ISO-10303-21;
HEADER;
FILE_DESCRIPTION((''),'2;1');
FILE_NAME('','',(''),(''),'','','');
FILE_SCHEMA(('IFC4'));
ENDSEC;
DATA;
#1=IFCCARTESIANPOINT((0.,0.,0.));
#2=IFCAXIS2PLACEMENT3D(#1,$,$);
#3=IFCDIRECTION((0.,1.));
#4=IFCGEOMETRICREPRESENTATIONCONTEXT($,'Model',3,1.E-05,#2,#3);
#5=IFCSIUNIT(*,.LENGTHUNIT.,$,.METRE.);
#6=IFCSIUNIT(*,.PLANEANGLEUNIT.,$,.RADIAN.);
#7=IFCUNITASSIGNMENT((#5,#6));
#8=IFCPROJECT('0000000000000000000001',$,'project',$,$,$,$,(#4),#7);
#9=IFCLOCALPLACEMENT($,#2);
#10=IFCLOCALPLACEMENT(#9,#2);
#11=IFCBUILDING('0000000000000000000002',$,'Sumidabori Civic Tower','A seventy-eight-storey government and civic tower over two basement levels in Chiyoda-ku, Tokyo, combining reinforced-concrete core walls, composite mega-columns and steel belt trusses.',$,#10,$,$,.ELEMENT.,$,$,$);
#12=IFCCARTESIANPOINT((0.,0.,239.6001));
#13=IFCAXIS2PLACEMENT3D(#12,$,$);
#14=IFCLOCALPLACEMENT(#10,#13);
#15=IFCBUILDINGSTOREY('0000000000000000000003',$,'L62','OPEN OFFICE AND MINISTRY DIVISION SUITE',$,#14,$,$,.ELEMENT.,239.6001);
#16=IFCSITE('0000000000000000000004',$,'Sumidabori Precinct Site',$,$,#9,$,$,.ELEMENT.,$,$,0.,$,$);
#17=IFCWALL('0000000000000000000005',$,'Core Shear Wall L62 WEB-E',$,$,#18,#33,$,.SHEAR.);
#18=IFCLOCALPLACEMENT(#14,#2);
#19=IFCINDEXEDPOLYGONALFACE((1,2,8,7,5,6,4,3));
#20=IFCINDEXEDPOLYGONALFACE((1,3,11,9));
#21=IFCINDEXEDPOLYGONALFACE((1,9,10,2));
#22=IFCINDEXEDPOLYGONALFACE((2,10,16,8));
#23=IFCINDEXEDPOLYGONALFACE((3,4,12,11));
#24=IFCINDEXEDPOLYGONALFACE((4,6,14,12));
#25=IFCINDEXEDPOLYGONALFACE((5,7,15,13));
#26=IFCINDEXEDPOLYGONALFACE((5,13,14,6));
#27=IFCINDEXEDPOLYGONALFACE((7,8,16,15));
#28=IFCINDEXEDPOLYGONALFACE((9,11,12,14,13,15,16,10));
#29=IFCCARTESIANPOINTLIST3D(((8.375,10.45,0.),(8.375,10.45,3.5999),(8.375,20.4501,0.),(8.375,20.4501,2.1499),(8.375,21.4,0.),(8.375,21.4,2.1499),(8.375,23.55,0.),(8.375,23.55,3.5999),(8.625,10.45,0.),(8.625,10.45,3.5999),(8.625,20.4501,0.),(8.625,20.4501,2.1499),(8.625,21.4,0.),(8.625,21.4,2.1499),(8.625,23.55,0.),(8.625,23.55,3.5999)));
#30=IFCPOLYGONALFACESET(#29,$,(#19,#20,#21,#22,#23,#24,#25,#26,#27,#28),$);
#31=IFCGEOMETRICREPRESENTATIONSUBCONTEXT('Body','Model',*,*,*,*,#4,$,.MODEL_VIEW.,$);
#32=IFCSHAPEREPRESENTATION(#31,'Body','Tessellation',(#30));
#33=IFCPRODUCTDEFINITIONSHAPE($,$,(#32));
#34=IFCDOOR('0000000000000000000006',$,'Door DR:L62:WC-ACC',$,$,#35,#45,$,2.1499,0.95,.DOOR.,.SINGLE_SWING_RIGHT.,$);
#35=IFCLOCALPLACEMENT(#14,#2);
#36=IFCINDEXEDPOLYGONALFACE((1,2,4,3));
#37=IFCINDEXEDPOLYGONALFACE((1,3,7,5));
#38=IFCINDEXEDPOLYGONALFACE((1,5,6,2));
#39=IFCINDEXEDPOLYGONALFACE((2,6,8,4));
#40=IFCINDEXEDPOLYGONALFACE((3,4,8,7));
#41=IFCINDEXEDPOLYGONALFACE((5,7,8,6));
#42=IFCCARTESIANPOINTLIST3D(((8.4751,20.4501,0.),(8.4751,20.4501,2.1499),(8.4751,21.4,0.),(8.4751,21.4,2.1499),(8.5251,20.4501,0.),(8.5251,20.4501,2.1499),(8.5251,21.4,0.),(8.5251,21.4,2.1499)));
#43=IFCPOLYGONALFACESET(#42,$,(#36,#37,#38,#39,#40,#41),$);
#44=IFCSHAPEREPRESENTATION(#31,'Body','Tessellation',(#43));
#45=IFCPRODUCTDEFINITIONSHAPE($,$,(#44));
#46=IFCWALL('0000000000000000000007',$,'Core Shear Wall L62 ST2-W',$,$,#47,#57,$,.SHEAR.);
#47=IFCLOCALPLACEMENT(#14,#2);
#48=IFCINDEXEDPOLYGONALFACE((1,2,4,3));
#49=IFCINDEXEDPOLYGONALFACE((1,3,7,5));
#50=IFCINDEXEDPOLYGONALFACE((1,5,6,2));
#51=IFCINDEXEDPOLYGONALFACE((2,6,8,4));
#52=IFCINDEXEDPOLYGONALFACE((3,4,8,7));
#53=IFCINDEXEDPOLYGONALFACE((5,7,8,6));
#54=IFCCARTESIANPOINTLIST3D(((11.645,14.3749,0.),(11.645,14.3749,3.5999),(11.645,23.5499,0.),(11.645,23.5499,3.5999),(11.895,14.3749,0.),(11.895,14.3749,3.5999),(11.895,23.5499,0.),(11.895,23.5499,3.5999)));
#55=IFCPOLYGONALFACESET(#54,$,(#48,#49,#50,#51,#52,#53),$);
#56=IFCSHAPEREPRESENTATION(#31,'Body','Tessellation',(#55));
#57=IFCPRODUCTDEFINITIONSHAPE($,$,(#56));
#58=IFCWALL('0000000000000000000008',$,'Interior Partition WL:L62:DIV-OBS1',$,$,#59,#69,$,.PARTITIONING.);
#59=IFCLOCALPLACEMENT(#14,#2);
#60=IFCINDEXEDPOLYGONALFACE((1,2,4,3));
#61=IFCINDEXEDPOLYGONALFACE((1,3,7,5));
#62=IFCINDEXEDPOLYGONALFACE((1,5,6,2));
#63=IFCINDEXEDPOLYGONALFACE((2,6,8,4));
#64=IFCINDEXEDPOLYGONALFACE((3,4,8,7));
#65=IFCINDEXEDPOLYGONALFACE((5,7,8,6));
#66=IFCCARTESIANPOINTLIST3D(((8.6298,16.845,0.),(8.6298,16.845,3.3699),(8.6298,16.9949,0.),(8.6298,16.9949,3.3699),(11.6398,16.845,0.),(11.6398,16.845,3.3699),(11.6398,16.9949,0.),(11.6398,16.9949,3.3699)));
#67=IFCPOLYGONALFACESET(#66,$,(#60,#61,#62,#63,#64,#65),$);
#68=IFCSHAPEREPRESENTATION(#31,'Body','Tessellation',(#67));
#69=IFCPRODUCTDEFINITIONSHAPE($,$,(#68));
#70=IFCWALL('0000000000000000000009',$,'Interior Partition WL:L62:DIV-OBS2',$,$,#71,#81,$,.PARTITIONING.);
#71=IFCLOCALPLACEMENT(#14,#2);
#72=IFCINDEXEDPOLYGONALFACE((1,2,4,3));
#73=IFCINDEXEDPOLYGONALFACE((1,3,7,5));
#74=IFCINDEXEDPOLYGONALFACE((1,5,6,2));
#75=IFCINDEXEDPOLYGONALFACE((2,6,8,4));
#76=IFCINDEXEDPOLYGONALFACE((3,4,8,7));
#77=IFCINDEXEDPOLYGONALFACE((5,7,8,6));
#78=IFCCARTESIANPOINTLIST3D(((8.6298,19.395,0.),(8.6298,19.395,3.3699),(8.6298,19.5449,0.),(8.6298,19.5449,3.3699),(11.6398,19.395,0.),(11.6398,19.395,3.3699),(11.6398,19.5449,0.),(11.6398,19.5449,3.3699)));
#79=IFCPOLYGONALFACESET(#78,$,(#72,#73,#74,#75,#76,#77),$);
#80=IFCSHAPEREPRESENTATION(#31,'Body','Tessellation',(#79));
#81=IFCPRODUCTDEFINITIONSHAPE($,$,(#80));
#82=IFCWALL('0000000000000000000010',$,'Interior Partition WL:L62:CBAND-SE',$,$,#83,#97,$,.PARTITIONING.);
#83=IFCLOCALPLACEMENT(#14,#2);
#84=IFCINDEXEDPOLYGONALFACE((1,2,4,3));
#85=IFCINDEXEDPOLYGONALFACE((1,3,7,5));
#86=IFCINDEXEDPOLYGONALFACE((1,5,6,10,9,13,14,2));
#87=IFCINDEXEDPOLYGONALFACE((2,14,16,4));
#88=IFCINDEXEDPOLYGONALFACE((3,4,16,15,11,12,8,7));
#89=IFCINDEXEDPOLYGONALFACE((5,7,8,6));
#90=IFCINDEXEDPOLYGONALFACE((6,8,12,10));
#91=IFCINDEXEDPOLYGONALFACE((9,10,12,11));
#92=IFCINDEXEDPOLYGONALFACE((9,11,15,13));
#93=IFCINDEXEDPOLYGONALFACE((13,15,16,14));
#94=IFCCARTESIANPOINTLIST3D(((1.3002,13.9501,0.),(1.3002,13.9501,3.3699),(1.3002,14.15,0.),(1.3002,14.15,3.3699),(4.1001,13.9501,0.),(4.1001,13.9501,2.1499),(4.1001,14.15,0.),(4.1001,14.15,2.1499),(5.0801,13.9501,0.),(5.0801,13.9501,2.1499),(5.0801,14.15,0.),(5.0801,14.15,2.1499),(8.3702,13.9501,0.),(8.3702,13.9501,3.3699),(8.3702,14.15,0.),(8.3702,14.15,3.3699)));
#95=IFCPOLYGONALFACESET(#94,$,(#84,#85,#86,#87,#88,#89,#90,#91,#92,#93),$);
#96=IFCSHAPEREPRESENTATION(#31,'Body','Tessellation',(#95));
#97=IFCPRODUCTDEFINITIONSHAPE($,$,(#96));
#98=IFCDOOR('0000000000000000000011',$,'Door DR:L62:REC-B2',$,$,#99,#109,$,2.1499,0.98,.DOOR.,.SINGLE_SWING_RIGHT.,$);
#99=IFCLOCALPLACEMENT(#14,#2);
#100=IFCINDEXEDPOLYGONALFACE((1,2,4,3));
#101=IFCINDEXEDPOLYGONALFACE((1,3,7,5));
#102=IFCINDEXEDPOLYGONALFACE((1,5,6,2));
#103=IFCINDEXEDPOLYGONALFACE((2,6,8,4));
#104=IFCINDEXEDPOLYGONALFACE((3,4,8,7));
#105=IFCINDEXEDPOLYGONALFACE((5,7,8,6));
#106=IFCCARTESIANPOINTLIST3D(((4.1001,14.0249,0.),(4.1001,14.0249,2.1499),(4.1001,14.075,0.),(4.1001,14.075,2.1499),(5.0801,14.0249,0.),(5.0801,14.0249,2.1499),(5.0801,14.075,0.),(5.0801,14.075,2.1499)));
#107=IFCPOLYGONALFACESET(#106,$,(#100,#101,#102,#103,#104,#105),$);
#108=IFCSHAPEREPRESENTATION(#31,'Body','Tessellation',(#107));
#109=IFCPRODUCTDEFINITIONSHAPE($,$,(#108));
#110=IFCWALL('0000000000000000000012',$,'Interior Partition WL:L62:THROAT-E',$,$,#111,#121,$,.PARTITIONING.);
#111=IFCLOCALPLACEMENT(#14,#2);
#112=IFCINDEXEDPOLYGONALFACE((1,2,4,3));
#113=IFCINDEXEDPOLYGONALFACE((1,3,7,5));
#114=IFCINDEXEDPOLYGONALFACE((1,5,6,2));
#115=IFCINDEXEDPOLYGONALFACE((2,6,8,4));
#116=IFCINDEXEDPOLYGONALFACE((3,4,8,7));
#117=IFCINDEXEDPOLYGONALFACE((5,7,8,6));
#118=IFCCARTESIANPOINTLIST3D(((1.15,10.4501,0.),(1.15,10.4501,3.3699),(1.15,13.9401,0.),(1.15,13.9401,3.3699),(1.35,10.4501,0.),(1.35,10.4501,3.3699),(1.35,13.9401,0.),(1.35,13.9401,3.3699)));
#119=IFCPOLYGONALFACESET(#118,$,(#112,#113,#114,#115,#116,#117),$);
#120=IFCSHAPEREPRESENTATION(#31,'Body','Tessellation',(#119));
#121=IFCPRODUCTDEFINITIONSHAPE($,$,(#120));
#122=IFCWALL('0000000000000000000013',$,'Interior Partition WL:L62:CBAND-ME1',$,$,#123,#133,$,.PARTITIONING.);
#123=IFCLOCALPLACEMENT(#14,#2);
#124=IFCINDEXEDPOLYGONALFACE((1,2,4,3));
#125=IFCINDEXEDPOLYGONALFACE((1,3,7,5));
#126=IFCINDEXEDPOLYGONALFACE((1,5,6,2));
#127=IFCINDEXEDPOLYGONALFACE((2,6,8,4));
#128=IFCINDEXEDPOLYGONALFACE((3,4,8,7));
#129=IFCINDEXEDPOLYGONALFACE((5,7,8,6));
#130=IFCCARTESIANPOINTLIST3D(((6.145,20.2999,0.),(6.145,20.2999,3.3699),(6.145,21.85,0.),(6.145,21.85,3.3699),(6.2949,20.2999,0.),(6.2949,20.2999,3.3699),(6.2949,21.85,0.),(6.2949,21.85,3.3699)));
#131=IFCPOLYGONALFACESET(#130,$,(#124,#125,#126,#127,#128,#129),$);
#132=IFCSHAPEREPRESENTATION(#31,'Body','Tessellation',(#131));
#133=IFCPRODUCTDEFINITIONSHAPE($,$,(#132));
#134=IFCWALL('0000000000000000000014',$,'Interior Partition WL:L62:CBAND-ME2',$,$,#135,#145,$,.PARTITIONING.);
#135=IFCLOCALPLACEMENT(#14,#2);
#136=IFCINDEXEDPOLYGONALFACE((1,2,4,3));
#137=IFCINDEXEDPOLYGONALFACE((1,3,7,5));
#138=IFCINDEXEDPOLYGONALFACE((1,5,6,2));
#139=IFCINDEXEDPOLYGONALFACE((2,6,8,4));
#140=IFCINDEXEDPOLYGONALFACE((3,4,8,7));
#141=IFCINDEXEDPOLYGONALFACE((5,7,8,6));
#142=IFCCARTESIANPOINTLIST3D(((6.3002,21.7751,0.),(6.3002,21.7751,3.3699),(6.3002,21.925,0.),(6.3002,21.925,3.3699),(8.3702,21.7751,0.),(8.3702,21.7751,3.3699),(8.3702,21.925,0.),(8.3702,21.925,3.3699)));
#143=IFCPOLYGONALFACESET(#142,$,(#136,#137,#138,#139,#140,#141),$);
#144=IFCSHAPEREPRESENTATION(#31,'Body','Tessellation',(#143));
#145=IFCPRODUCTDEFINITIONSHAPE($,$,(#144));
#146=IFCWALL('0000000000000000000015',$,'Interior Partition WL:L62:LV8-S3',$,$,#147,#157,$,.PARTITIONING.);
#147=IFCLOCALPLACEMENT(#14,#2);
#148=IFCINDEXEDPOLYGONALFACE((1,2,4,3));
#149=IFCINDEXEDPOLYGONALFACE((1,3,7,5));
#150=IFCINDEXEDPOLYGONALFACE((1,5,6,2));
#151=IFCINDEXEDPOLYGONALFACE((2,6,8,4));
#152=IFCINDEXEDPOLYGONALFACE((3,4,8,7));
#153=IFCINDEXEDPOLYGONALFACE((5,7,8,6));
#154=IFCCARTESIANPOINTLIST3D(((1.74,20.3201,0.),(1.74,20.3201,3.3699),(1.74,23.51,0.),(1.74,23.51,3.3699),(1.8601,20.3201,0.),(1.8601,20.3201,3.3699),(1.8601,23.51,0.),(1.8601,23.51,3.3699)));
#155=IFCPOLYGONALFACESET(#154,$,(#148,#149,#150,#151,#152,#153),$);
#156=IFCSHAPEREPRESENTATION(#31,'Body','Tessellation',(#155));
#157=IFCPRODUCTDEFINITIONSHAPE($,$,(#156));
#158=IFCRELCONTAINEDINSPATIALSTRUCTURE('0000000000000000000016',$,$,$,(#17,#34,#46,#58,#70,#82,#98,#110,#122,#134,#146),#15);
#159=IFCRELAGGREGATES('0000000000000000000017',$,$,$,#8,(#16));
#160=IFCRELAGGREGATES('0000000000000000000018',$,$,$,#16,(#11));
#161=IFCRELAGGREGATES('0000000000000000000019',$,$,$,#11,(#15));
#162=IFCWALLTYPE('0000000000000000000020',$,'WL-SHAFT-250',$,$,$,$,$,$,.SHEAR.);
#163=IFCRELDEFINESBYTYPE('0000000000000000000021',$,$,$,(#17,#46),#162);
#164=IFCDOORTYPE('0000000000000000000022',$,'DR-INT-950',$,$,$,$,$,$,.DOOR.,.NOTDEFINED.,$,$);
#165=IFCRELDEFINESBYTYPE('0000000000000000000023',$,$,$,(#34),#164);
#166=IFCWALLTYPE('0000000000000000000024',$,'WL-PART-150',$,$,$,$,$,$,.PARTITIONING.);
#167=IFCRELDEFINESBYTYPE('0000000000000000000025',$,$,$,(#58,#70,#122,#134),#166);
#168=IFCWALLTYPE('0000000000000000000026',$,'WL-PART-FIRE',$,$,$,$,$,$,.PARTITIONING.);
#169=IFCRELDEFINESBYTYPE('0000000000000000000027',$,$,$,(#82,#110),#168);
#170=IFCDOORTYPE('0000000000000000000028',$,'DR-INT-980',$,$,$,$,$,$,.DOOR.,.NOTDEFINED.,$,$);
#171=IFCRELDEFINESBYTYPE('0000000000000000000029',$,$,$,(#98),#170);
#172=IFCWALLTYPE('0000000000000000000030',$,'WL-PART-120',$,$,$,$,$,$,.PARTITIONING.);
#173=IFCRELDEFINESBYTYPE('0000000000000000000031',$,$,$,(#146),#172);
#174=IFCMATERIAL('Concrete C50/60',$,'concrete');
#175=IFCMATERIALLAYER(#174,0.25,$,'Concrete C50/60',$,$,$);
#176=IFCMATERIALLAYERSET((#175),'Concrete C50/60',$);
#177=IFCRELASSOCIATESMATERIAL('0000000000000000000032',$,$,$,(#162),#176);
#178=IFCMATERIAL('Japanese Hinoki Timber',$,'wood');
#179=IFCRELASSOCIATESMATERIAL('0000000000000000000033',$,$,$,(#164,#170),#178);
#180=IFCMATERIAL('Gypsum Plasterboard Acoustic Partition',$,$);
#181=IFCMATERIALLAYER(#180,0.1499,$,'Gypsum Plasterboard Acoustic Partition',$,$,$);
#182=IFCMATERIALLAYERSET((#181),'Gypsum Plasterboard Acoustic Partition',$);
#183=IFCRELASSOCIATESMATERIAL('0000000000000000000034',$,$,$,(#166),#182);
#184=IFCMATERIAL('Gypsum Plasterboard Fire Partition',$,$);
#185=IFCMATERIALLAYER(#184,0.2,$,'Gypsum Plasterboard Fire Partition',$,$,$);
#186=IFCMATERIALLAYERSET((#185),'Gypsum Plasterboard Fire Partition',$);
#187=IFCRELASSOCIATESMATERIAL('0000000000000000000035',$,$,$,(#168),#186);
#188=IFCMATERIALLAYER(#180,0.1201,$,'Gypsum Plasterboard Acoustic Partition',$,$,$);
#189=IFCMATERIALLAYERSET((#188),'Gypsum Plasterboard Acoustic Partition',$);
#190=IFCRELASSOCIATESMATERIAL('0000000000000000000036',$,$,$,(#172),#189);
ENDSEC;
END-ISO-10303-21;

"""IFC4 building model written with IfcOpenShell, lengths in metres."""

from ifc_helpers import new_model, si_unit, direction, frame, frame_2d, origin, place, context, subcontext, project, spatial, rectangle, extrude, source, transform, mapped, material, layer, layer_set, type_object, element, fill, save


model = new_model("IFC4")

# Units and contexts
model_context = context("Model", 3, precision=1e-05, world=origin(), true_north=direction((0.0, 1.0)))
body_context = subcontext(model_context, "Body", "Model", "MODEL_VIEW")
ifc_project = project(units=[si_unit("LENGTHUNIT", "METRE"), si_unit("PLANEANGLEUNIT", "RADIAN")], contexts=[model_context])

# Site, building, storey
site_placement = place(None, origin())
site = spatial("IfcSite", under=ifc_project, at=site_placement, Name="Sumidabori Precinct Site", CompositionType="ELEMENT", RefElevation=0.0)
building_placement = place(site_placement, origin())
building = spatial("IfcBuilding", under=site, at=building_placement, Name="Sumidabori Civic Tower", Description="A seventy-eight-storey government and civic tower over two basement levels in Chiyoda-ku, Tokyo, combining reinforced-concrete core walls, composite mega-columns and steel belt trusses.", CompositionType="ELEMENT")
storey_placement = place(building_placement, frame((0.0, 0.0, 239.6001)))
storey = spatial("IfcBuildingStorey", under=building, at=storey_placement, Name="L62", Description="OPEN OFFICE AND MINISTRY DIVISION SUITE", CompositionType="ELEMENT", Elevation=239.6001)

# Shared definitions
ifc_material_1 = material(Name="Concrete C50/60", Category="concrete")

# Wall, opening, door
ifc_layer_1 = layer(ifc_material_1, 0.25, Name="Concrete C50/60")
ifc_layer_set_1 = layer_set([ifc_layer_1], Name="Concrete C50/60")
wall_type_1 = type_object("IfcWallType", Name="WL-SHAFT-250", PredefinedType="SHEAR", material=ifc_layer_set_1)
shared_shape_1 = source(origin(), body_context, "Body", "SweptSolid", [
    extrude(rectangle(XDim=13.1001, YDim=0.25, at=frame_2d((6.55, 0.0))), origin(), (0.0, 0.0, 1.0), 3.5999),
])
wall_1_placement = place(storey_placement, frame((8.5, 10.45, 0.0), z_axis=(0.0, 0.0, 1.0), x_axis=(0.0, 1.0, 0.0)))
wall_1 = element("IfcWall", 1, at=wall_1_placement, inside=storey, type_object=wall_type_1, Name="Core Shear Wall L62 WEB-E", PredefinedType="SHEAR", context=body_context, shape_type="MappedRepresentation", body=[
    mapped(shared_shape_1, transform((0.0, 0.0, 0.0), x_axis=(1.0, 0.0, 0.0), y_axis=(0.0, 1.0, 0.0), z_axis=(0.0, 0.0, 1.0), scale=1.0)),
])
opening_1_placement = place(wall_1_placement, frame((10.0, 0.0, 0.0)))
opening_1 = element("IfcOpeningElement", 2, at=opening_1_placement, cuts=wall_1, PredefinedType="OPENING", context=body_context, shape_type="SweptSolid", body=[
    extrude(rectangle(XDim=0.95, YDim=2.1499, at=frame_2d((0.4751, 1.075))), frame((0.0, 0.137, 0.0), z_axis=(0.0, -1.0, 0.0), x_axis=(1.0, 0.0, 0.0)), (0.0, 0.0, 1.0), 0.2739),
])
ifc_material_2 = material(Name="Japanese Hinoki Timber", Category="wood")
door_type_1 = type_object("IfcDoorType", Name="DR-INT-950", OperationType="NOTDEFINED", PredefinedType="DOOR", material=ifc_material_2)
shared_shape_2 = source(origin(), body_context, "Body", "SweptSolid", [
    extrude(rectangle(XDim=0.95, YDim=2.1499, at=frame_2d((0.4751, 1.075))), frame((0.0, 0.0249, 0.0), z_axis=(0.0, -1.0, 0.0), x_axis=(1.0, 0.0, 0.0)), (0.0, 0.0, 1.0), 0.05),
])
door_1_placement = place(opening_1_placement, origin())
door_1 = element("IfcDoor", 3, at=door_1_placement, inside=storey, type_object=door_type_1, Name="Door DR:L62:WC-ACC", OperationType="SINGLE_SWING_RIGHT", OverallHeight=2.1499, OverallWidth=0.95, PredefinedType="DOOR", context=body_context, shape_type="MappedRepresentation", body=[
    mapped(shared_shape_2, transform((0.0, 0.0, 0.0), x_axis=(1.0, 0.0, 0.0), y_axis=(0.0, 1.0, 0.0), z_axis=(0.0, 0.0, 1.0), scale=1.0)),
])
fill(opening_1, door_1)

# Wall
shared_shape_3 = source(origin(), body_context, "Body", "SweptSolid", [
    extrude(rectangle(XDim=9.175, YDim=0.25, at=frame_2d((4.5874, 0.0))), origin(), (0.0, 0.0, 1.0), 3.5999),
])
wall_2_placement = place(storey_placement, frame((11.77, 14.375, 0.0), z_axis=(0.0, 0.0, 1.0), x_axis=(0.0, 1.0, 0.0)))
element("IfcWall", 4, at=wall_2_placement, inside=storey, type_object=wall_type_1, Name="Core Shear Wall L62 ST2-W", PredefinedType="SHEAR", context=body_context, shape_type="MappedRepresentation", body=[
    mapped(shared_shape_3, transform((0.0, 0.0, 0.0), x_axis=(1.0, 0.0, 0.0), y_axis=(0.0, 1.0, 0.0), z_axis=(0.0, 0.0, 1.0), scale=1.0)),
])

# Walls
ifc_material_3 = material(Name="Gypsum Plasterboard Acoustic Partition")
ifc_layer_2 = layer(ifc_material_3, 0.1499, Name="Gypsum Plasterboard Acoustic Partition")
ifc_layer_set_2 = layer_set([ifc_layer_2], Name="Gypsum Plasterboard Acoustic Partition")
wall_type_2 = type_object("IfcWallType", Name="WL-PART-150", PredefinedType="PARTITIONING", material=ifc_layer_set_2)
shared_shape_4 = source(origin(), body_context, "Body", "SweptSolid", [
    extrude(rectangle(XDim=3.01, YDim=0.1499, at=frame_2d((1.5049, 0.0))), origin(), (0.0, 0.0, 1.0), 3.3699),
])
for number, where, z_axis, x_axis, name in (
    (5, (8.6299, 16.9199, 0.0), (0.0, 0.0, 1.0), (1.0, 0.0, 0.0), "Interior Partition WL:L62:DIV-OBS1"),
    (6, (8.6299, 19.47, 0.0), (0.0, 0.0, 1.0), (1.0, 0.0, 0.0), "Interior Partition WL:L62:DIV-OBS2"),
):
    element("IfcWall", number, at=place(storey_placement, frame(where, z_axis=z_axis, x_axis=x_axis)), inside=storey, type_object=wall_type_2, Name=name, PredefinedType="PARTITIONING", context=body_context, shape_type="MappedRepresentation", body=[
        mapped(shared_shape_4, transform((0.0, 0.0, 0.0), x_axis=(1.0, 0.0, 0.0), y_axis=(0.0, 1.0, 0.0), z_axis=(0.0, 0.0, 1.0), scale=1.0)),
    ])

# Wall, opening, door
ifc_material_4 = material(Name="Gypsum Plasterboard Fire Partition")
ifc_layer_3 = layer(ifc_material_4, 0.2, Name="Gypsum Plasterboard Fire Partition")
ifc_layer_set_3 = layer_set([ifc_layer_3], Name="Gypsum Plasterboard Fire Partition")
wall_type_3 = type_object("IfcWallType", Name="WL-PART-FIRE", PredefinedType="PARTITIONING", material=ifc_layer_set_3)
shared_shape_5 = source(origin(), body_context, "Body", "SweptSolid", [
    extrude(rectangle(XDim=7.0701, YDim=0.2, at=frame_2d((3.5352, 0.0))), origin(), (0.0, 0.0, 1.0), 3.3699),
])
wall_3_placement = place(storey_placement, frame((1.3, 14.05, 0.0), z_axis=(0.0, 0.0, 1.0), x_axis=(1.0, 0.0, 0.0)))
wall_3 = element("IfcWall", 7, at=wall_3_placement, inside=storey, type_object=wall_type_3, Name="Interior Partition WL:L62:CBAND-SE", PredefinedType="PARTITIONING", context=body_context, shape_type="MappedRepresentation", body=[
    mapped(shared_shape_5, transform((0.0, 0.0, 0.0), x_axis=(1.0, 0.0, 0.0), y_axis=(0.0, 1.0, 0.0), z_axis=(0.0, 0.0, 1.0), scale=1.0)),
])
opening_2_placement = place(wall_3_placement, frame((2.8, 0.0, 0.0)))
opening_2 = element("IfcOpeningElement", 8, at=opening_2_placement, cuts=wall_3, PredefinedType="OPENING", context=body_context, shape_type="SweptSolid", body=[
    extrude(rectangle(XDim=0.98, YDim=2.1499, at=frame_2d((0.49, 1.075))), frame((0.0, 0.1118, 0.0), z_axis=(0.0, -1.0, 0.0), x_axis=(1.0, 0.0, 0.0)), (0.0, 0.0, 1.0), 0.2239),
])
door_type_2 = type_object("IfcDoorType", Name="DR-INT-980", OperationType="NOTDEFINED", PredefinedType="DOOR", material=ifc_material_2)
shared_shape_6 = source(origin(), body_context, "Body", "SweptSolid", [
    extrude(rectangle(XDim=0.98, YDim=2.1499, at=frame_2d((0.49, 1.075))), frame((0.0, 0.0249, 0.0), z_axis=(0.0, -1.0, 0.0), x_axis=(1.0, 0.0, 0.0)), (0.0, 0.0, 1.0), 0.05),
])
door_2_placement = place(opening_2_placement, origin())
door_2 = element("IfcDoor", 9, at=door_2_placement, inside=storey, type_object=door_type_2, Name="Door DR:L62:REC-B2", OperationType="SINGLE_SWING_RIGHT", OverallHeight=2.1499, OverallWidth=0.98, PredefinedType="DOOR", context=body_context, shape_type="MappedRepresentation", body=[
    mapped(shared_shape_6, transform((0.0, 0.0, 0.0), x_axis=(1.0, 0.0, 0.0), y_axis=(0.0, 1.0, 0.0), z_axis=(0.0, 0.0, 1.0), scale=1.0)),
])
fill(opening_2, door_2)

# Walls
shared_shape_7 = source(origin(), body_context, "Body", "SweptSolid", [
    extrude(rectangle(XDim=3.49, YDim=0.2, at=frame_2d((1.7451, 0.0))), origin(), (0.0, 0.0, 1.0), 3.3699),
])
wall_4_placement = place(storey_placement, frame((1.25, 10.45, 0.0), z_axis=(0.0, 0.0, 1.0), x_axis=(0.0, 1.0, 0.0)))
element("IfcWall", 10, at=wall_4_placement, inside=storey, type_object=wall_type_3, Name="Interior Partition WL:L62:THROAT-E", PredefinedType="PARTITIONING", context=body_context, shape_type="MappedRepresentation", body=[
    mapped(shared_shape_7, transform((0.0, 0.0, 0.0), x_axis=(1.0, 0.0, 0.0), y_axis=(0.0, 1.0, 0.0), z_axis=(0.0, 0.0, 1.0), scale=1.0)),
])
shared_shape_8 = source(origin(), body_context, "Body", "SweptSolid", [
    extrude(rectangle(XDim=1.55, YDim=0.1499, at=frame_2d((0.7749, 0.0))), origin(), (0.0, 0.0, 1.0), 3.3699),
])
wall_5_placement = place(storey_placement, frame((6.22, 20.3, 0.0), z_axis=(0.0, 0.0, 1.0), x_axis=(0.0, 1.0, 0.0)))
element("IfcWall", 11, at=wall_5_placement, inside=storey, type_object=wall_type_2, Name="Interior Partition WL:L62:CBAND-ME1", PredefinedType="PARTITIONING", context=body_context, shape_type="MappedRepresentation", body=[
    mapped(shared_shape_8, transform((0.0, 0.0, 0.0), x_axis=(1.0, 0.0, 0.0), y_axis=(0.0, 1.0, 0.0), z_axis=(0.0, 0.0, 1.0), scale=1.0)),
])
shared_shape_9 = source(origin(), body_context, "Body", "SweptSolid", [
    extrude(rectangle(XDim=2.0701, YDim=0.1499, at=frame_2d((1.0352, 0.0))), origin(), (0.0, 0.0, 1.0), 3.3699),
])
wall_6_placement = place(storey_placement, frame((6.3, 21.8501, 0.0), z_axis=(0.0, 0.0, 1.0), x_axis=(1.0, 0.0, 0.0)))
element("IfcWall", 12, at=wall_6_placement, inside=storey, type_object=wall_type_2, Name="Interior Partition WL:L62:CBAND-ME2", PredefinedType="PARTITIONING", context=body_context, shape_type="MappedRepresentation", body=[
    mapped(shared_shape_9, transform((0.0, 0.0, 0.0), x_axis=(1.0, 0.0, 0.0), y_axis=(0.0, 1.0, 0.0), z_axis=(0.0, 0.0, 1.0), scale=1.0)),
])
ifc_layer_4 = layer(ifc_material_3, 0.1201, Name="Gypsum Plasterboard Acoustic Partition")
ifc_layer_set_4 = layer_set([ifc_layer_4], Name="Gypsum Plasterboard Acoustic Partition")
wall_type_4 = type_object("IfcWallType", Name="WL-PART-120", PredefinedType="PARTITIONING", material=ifc_layer_set_4)
shared_shape_10 = source(origin(), body_context, "Body", "SweptSolid", [
    extrude(rectangle(XDim=3.1899, YDim=0.1201, at=frame_2d((1.595, 0.0))), origin(), (0.0, 0.0, 1.0), 3.3699),
])
wall_7_placement = place(storey_placement, frame((1.8, 20.3201, 0.0), z_axis=(0.0, 0.0, 1.0), x_axis=(0.0, 1.0, 0.0)))
element("IfcWall", 13, at=wall_7_placement, inside=storey, type_object=wall_type_4, Name="Interior Partition WL:L62:LV8-S3", PredefinedType="PARTITIONING", context=body_context, shape_type="MappedRepresentation", body=[
    mapped(shared_shape_10, transform((0.0, 0.0, 0.0), x_axis=(1.0, 0.0, 0.0), y_axis=(0.0, 1.0, 0.0), z_axis=(0.0, 0.0, 1.0), scale=1.0)),
])

save(model, "model.ifc")
